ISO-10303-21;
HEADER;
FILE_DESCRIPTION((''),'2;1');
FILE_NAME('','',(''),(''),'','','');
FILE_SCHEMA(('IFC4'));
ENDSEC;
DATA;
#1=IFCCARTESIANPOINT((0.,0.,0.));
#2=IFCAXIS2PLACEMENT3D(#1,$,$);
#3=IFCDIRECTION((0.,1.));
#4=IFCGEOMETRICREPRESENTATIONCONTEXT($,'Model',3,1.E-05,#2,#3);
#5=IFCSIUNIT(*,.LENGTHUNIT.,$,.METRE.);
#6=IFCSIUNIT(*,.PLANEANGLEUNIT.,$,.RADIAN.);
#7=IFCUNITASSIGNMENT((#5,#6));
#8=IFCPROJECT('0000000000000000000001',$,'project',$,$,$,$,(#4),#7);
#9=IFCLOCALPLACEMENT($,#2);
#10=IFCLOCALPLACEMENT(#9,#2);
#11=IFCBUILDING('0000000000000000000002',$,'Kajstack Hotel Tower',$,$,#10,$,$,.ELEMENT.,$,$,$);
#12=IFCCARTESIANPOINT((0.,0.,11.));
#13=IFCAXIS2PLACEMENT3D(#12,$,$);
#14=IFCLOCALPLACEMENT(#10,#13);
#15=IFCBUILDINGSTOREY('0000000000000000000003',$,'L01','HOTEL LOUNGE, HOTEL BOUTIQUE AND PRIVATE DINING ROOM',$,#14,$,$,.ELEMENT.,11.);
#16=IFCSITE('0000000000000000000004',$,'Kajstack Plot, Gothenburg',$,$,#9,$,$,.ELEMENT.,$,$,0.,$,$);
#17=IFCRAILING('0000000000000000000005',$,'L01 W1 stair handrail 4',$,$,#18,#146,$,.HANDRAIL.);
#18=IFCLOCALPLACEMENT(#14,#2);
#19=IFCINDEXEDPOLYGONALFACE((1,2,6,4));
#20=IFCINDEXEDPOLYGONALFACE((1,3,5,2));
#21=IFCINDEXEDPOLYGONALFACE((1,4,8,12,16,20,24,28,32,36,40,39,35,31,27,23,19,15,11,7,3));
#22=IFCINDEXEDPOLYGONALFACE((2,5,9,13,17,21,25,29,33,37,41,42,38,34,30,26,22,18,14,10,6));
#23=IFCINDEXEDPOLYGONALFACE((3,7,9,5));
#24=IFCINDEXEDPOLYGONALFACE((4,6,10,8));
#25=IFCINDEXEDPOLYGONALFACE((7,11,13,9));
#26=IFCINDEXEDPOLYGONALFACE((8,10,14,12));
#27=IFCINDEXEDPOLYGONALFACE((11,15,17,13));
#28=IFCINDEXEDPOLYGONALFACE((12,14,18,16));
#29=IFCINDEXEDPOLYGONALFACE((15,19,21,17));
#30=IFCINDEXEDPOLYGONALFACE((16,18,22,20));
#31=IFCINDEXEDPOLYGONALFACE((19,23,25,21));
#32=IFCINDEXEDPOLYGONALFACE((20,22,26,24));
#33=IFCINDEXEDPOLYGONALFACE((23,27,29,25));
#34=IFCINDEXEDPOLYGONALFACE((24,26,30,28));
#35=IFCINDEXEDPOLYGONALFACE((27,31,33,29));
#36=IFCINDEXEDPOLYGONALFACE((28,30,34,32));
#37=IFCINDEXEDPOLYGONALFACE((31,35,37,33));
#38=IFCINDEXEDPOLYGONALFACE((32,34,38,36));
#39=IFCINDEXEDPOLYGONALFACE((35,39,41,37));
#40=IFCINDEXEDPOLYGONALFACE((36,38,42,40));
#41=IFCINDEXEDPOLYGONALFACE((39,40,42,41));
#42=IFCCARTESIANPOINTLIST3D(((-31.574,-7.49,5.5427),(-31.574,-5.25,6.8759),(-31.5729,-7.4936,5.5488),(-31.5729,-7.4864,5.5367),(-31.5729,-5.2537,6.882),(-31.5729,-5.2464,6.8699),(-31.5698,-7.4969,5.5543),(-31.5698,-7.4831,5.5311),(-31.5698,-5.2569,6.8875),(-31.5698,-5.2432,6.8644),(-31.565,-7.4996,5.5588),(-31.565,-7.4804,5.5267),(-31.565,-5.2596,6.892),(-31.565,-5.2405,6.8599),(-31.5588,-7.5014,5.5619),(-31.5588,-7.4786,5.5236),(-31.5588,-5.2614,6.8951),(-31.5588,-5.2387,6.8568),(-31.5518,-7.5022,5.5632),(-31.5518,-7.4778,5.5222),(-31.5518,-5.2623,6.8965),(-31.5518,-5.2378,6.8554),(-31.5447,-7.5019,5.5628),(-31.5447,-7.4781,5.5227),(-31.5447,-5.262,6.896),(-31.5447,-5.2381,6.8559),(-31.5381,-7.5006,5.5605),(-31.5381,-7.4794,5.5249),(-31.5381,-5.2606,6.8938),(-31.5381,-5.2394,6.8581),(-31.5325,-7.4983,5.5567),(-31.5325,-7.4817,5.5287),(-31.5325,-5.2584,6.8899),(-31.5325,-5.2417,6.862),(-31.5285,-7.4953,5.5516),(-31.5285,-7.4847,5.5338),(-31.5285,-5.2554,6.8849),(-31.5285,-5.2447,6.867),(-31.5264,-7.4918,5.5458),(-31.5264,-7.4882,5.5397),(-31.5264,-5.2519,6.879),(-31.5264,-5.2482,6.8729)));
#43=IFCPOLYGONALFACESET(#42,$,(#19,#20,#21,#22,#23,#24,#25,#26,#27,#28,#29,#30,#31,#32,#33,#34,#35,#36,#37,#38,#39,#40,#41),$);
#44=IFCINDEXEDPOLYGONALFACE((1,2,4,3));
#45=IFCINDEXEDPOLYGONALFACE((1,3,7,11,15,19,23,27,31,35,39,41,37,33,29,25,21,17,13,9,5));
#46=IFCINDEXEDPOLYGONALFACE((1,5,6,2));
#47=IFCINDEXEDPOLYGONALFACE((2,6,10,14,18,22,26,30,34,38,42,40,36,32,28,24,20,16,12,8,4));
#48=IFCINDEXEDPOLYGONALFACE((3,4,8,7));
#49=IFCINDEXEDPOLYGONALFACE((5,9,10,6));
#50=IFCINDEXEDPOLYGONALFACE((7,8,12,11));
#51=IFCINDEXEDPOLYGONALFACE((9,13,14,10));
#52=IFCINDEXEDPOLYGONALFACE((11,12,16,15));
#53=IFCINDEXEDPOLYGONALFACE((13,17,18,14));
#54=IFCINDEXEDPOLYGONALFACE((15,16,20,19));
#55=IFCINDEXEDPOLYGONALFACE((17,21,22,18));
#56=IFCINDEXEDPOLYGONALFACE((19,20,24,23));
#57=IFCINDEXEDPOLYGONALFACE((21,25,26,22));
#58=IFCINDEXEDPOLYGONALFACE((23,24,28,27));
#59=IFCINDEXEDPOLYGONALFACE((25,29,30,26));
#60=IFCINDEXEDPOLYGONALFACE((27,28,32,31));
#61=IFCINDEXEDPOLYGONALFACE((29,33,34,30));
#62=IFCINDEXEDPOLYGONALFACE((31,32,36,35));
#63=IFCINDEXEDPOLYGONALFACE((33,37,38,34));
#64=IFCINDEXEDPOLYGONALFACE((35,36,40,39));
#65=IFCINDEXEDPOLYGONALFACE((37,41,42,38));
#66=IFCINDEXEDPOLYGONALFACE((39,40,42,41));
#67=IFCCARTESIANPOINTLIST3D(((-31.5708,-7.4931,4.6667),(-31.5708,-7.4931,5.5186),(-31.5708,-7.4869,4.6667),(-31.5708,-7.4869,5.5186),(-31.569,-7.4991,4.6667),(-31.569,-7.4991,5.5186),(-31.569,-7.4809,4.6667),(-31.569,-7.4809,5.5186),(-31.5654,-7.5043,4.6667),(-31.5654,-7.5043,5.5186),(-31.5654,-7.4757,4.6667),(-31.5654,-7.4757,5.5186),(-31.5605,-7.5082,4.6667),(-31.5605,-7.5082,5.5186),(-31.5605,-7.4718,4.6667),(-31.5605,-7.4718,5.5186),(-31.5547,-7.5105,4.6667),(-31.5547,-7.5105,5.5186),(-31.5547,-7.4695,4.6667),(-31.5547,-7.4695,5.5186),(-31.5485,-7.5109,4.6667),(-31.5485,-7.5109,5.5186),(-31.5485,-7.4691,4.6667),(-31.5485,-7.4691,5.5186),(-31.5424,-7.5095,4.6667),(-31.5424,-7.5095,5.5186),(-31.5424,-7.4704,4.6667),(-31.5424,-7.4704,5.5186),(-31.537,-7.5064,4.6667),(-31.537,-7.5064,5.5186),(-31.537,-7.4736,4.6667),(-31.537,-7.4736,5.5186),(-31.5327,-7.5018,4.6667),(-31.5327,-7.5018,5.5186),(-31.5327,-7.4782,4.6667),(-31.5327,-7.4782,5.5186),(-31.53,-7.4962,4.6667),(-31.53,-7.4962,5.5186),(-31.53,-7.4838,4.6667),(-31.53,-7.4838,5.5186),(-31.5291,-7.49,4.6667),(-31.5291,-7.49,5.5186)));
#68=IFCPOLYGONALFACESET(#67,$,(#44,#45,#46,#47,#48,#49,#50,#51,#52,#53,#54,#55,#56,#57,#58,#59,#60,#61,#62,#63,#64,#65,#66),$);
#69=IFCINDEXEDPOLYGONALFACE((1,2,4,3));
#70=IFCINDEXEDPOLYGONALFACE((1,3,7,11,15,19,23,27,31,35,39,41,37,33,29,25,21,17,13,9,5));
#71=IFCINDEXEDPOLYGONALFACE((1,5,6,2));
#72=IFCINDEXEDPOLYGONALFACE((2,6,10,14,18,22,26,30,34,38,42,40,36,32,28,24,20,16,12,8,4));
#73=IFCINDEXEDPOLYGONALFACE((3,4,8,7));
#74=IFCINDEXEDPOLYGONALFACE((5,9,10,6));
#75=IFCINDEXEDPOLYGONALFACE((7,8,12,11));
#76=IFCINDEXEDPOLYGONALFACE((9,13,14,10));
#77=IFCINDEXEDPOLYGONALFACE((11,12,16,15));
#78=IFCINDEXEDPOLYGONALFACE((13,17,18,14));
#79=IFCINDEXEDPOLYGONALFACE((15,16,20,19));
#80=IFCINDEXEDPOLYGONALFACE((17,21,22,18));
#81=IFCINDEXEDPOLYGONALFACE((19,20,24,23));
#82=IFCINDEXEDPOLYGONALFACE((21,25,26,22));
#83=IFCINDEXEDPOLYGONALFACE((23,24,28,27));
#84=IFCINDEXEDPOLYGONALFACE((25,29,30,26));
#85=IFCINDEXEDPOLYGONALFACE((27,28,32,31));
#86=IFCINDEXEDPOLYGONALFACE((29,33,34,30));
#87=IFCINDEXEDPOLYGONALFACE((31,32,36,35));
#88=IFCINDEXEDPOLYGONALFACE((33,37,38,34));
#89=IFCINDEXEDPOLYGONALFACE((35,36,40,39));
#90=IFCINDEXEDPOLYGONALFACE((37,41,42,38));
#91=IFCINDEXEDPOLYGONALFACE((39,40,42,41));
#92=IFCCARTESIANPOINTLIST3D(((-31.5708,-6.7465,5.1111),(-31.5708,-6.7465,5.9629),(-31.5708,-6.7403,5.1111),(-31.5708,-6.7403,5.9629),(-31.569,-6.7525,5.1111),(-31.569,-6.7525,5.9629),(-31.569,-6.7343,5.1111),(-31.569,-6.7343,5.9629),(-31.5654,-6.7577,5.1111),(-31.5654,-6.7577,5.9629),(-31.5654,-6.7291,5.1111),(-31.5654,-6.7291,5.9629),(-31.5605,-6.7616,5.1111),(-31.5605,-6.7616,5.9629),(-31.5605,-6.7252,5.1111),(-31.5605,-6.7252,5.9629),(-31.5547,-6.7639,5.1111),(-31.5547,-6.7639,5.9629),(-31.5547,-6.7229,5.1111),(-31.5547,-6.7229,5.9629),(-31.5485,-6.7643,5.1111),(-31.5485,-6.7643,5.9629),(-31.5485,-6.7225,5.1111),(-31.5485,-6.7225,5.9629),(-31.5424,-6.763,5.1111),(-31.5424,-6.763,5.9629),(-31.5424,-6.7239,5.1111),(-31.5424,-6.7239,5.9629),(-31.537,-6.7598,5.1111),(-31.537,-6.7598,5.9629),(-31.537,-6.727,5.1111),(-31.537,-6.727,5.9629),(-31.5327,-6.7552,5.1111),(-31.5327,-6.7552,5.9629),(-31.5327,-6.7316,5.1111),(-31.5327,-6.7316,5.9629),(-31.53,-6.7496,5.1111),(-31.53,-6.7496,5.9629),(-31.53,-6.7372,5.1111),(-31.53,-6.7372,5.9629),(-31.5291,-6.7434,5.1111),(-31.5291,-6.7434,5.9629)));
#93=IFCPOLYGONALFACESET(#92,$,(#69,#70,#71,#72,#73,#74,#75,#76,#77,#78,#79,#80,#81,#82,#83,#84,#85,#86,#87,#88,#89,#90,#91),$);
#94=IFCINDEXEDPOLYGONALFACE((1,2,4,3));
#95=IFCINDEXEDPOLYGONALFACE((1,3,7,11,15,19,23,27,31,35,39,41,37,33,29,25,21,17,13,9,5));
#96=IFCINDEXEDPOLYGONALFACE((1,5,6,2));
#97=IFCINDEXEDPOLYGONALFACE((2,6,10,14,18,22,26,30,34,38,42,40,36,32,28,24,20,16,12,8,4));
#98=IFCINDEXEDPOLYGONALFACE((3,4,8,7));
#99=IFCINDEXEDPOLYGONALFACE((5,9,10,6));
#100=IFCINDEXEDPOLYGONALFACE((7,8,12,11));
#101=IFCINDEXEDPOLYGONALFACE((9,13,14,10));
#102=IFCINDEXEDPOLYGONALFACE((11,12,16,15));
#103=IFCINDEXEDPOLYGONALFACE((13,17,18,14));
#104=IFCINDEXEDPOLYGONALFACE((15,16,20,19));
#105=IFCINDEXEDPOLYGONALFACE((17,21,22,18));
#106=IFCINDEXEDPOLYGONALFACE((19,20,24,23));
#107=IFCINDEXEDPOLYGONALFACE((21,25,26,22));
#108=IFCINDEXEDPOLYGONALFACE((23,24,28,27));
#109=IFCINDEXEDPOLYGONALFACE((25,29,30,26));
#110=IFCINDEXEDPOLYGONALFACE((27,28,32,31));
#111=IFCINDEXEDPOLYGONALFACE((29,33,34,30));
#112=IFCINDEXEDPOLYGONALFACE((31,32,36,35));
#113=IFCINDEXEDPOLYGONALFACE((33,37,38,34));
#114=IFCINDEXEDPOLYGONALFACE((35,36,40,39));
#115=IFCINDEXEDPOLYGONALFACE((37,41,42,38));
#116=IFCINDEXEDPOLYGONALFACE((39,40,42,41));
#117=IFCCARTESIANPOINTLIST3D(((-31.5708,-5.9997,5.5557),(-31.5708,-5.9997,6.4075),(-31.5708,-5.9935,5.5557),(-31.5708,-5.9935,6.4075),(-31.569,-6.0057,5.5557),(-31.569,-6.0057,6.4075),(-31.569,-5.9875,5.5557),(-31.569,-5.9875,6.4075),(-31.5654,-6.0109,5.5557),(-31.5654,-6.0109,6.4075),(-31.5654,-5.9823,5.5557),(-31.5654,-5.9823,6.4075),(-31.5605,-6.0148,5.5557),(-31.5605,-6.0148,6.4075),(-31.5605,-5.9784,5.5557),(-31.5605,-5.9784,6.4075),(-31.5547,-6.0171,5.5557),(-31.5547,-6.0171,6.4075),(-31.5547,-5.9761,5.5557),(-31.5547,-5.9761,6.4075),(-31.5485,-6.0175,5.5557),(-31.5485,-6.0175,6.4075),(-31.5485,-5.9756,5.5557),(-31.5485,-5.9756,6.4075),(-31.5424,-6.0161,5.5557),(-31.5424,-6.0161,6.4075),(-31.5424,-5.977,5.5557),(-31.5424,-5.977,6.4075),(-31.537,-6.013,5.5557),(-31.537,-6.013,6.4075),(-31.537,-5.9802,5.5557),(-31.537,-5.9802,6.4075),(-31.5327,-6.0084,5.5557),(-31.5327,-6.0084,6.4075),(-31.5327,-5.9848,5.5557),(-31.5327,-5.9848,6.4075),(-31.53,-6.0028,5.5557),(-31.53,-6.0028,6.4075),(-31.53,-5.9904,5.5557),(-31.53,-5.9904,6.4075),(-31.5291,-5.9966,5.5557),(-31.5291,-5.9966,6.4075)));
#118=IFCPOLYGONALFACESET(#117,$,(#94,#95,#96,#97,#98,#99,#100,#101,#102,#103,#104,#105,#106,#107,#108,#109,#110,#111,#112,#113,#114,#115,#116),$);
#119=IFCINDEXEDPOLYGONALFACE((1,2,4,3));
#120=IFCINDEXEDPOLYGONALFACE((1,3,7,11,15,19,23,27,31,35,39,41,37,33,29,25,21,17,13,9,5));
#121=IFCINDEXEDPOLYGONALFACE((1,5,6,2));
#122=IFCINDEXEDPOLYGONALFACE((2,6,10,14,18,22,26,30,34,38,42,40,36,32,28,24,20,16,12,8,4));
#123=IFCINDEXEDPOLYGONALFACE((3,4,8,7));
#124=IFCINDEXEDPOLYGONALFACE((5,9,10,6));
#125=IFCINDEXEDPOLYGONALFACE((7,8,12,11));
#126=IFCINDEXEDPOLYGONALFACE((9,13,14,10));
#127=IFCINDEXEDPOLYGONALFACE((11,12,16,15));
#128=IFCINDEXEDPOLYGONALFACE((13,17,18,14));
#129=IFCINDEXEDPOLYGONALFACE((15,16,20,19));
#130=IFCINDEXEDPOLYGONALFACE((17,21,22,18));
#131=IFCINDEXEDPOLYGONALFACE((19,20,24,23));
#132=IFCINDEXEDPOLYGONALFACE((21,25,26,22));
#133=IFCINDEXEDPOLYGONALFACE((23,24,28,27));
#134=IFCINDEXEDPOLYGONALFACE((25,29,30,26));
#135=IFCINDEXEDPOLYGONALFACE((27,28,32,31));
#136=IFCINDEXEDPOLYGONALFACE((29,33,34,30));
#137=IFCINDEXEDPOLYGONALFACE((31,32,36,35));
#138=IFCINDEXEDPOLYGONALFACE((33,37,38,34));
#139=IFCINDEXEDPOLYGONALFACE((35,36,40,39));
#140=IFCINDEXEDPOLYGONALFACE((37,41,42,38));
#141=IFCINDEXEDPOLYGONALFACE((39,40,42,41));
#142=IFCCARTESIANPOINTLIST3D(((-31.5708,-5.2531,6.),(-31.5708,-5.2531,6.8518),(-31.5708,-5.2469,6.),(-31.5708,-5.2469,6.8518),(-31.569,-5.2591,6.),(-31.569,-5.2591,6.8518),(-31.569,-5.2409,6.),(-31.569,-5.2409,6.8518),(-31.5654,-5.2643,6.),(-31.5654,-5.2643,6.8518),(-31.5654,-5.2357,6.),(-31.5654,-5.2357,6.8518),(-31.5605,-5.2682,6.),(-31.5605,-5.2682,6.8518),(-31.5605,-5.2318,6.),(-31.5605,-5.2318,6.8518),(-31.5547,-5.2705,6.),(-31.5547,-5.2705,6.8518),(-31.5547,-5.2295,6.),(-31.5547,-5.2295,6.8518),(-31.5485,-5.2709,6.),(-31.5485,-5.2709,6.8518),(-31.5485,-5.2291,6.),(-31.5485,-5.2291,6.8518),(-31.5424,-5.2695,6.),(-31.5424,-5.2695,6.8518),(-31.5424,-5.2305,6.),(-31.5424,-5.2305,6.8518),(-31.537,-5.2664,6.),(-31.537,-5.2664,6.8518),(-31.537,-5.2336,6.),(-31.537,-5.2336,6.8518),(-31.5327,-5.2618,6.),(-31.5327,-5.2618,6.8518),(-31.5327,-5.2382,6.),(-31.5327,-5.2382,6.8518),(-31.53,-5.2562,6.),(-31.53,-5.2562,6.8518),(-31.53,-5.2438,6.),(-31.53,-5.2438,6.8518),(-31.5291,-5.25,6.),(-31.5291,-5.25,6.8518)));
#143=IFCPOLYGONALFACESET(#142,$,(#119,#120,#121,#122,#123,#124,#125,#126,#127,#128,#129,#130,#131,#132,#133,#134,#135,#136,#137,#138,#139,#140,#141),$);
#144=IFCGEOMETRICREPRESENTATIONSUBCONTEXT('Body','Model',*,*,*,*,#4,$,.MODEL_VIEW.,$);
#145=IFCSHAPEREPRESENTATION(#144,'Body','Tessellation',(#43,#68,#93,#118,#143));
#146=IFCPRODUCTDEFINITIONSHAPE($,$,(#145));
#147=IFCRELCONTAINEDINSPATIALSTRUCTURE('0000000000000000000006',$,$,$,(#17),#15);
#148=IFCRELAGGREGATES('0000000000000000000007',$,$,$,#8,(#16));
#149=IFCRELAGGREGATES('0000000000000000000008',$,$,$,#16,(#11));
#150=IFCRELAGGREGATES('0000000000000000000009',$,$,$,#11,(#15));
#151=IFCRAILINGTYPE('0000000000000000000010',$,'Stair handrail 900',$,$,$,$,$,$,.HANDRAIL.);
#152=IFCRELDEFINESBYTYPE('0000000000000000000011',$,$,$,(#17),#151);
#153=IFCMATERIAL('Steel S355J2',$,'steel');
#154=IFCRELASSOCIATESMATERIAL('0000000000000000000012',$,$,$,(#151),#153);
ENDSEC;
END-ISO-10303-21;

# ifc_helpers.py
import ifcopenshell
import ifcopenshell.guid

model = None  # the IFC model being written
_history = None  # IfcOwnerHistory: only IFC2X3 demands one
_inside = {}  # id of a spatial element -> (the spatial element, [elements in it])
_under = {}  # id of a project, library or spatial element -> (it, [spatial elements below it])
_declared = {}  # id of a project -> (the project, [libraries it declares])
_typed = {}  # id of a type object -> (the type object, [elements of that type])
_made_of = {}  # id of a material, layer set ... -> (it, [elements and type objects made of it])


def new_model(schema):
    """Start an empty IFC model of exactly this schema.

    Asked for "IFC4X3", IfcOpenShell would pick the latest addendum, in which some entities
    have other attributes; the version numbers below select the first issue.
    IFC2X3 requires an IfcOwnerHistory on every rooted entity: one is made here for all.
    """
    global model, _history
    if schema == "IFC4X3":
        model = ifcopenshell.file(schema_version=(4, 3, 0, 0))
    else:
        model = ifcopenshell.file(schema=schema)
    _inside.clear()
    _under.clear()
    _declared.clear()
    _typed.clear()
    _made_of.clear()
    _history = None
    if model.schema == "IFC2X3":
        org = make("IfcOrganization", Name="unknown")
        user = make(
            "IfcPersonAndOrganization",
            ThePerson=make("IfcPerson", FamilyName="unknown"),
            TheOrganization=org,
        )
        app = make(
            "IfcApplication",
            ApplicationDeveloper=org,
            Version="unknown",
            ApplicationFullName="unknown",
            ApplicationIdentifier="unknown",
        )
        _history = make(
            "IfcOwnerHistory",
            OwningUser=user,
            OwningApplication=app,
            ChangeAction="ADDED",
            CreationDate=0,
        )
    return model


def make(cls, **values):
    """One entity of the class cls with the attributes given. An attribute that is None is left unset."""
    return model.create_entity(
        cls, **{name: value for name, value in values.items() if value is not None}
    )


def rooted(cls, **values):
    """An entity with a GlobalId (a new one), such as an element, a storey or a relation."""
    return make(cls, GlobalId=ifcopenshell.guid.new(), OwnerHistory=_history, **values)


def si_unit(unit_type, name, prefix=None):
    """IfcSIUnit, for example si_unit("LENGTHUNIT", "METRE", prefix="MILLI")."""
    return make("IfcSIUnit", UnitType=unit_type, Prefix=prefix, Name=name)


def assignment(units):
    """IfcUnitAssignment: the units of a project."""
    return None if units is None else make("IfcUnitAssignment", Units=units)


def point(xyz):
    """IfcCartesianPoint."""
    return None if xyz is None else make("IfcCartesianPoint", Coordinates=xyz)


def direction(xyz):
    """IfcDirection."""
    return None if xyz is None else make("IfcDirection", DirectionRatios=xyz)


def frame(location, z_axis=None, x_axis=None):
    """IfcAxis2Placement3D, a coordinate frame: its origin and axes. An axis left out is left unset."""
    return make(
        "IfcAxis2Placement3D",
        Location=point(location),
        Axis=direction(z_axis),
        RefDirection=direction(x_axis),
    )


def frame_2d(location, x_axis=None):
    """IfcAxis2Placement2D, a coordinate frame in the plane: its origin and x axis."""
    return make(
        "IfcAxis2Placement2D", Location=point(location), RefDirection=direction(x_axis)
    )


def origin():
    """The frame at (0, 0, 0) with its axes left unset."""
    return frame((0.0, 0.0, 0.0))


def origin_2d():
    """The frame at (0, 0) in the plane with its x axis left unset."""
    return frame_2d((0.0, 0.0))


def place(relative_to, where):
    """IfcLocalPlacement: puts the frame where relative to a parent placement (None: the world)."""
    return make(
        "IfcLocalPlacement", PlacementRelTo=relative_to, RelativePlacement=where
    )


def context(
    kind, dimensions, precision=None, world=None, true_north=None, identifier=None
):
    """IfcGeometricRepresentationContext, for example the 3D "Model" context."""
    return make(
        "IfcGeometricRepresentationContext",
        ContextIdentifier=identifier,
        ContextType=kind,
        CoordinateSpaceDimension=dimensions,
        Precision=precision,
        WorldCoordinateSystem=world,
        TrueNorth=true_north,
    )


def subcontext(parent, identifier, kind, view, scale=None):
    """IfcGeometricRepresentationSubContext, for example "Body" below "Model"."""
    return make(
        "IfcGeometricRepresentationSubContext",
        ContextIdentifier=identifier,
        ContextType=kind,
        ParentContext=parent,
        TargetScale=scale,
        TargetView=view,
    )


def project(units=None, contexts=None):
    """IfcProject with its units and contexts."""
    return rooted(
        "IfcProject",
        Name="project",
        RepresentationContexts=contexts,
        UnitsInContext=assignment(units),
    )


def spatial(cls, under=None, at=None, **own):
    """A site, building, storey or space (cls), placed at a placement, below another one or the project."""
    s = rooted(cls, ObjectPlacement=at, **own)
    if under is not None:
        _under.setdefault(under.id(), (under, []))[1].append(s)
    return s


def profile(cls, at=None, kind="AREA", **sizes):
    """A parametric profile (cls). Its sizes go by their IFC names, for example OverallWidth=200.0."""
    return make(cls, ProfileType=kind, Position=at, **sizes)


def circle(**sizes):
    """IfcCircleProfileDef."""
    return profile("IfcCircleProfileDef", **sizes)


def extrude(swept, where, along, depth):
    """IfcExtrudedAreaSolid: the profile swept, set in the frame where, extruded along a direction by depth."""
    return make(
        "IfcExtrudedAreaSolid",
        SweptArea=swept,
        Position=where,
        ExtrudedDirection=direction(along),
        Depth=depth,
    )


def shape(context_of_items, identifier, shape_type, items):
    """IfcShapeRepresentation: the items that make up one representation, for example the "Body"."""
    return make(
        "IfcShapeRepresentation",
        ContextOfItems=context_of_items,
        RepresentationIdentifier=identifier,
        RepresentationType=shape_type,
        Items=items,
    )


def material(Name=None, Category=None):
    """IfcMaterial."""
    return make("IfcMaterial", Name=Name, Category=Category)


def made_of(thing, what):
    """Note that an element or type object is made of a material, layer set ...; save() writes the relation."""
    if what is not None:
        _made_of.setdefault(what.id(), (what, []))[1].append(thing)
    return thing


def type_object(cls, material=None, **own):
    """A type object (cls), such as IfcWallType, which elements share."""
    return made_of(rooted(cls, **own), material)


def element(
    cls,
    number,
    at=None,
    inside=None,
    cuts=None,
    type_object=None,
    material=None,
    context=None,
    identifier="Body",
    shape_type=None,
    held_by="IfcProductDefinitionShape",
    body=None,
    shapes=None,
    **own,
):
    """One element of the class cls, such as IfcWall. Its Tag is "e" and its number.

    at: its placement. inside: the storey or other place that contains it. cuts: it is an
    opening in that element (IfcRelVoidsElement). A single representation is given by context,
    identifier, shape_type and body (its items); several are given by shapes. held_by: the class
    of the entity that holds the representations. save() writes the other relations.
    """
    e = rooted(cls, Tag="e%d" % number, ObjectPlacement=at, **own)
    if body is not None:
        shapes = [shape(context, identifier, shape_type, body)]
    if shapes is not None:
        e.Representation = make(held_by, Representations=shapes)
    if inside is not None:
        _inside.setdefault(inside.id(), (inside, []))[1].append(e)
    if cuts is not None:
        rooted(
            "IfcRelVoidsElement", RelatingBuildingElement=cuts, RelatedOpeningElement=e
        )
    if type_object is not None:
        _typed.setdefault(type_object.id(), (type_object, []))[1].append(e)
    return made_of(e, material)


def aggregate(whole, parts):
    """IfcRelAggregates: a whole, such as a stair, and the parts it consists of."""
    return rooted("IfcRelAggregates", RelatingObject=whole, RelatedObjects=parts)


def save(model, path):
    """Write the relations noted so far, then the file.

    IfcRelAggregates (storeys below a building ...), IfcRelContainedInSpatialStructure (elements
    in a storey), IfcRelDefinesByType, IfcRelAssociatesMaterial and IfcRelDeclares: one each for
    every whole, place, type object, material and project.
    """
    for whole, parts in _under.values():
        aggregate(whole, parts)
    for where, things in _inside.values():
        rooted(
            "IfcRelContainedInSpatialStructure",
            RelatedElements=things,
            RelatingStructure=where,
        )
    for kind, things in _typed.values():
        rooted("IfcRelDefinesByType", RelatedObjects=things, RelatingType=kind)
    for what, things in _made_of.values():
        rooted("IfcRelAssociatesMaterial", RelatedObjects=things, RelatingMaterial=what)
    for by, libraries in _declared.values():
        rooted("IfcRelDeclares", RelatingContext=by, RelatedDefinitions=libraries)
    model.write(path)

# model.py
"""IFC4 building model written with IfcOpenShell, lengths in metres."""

from ifc_helpers import new_model, si_unit, direction, frame, origin, origin_2d, place, context, subcontext, project, spatial, circle, extrude, material, type_object, element, save


model = new_model("IFC4")

# Units and contexts
model_context = context("Model", 3, precision=1e-05, world=origin(), true_north=direction((0.0, 1.0)))
body_context = subcontext(model_context, "Body", "Model", "MODEL_VIEW")
ifc_project = project(units=[si_unit("LENGTHUNIT", "METRE"), si_unit("PLANEANGLEUNIT", "RADIAN")], contexts=[model_context])

# Site, building, storey
site_placement = place(None, origin())
site = spatial("IfcSite", under=ifc_project, at=site_placement, Name="Kajstack Plot, Gothenburg", CompositionType="ELEMENT", RefElevation=0.0)
building_placement = place(site_placement, origin())
building = spatial("IfcBuilding", under=site, at=building_placement, Name="Kajstack Hotel Tower", CompositionType="ELEMENT")
storey_placement = place(building_placement, frame((0.0, 0.0, 11.0)))
storey = spatial("IfcBuildingStorey", under=building, at=storey_placement, Name="L01", Description="HOTEL LOUNGE, HOTEL BOUTIQUE AND PRIVATE DINING ROOM", CompositionType="ELEMENT", Elevation=11.0)

# Railing
ifc_material_1 = material(Name="Steel S355J2", Category="steel")
railing_type_1 = type_object("IfcRailingType", Name="Stair handrail 900", PredefinedType="HANDRAIL", material=ifc_material_1)
for number, where, name in (
    (1, (-31.55, -7.49, 4.6667), "L01 W1 stair handrail 4"),
):
    element("IfcRailing", number, at=place(storey_placement, frame(where)), inside=storey, type_object=railing_type_1, Name=name, PredefinedType="HANDRAIL", context=body_context, shape_type="SweptSolid", body=[
        extrude(circle(Radius=0.0239, at=origin_2d()), frame((0.0, 0.0, 0.876), z_axis=(0.0, 0.859306, 0.511462), x_axis=(-1.0, 0.0, 0.0)), (0.0, 0.0, 1.0), 2.6067),
        extrude(circle(Radius=0.021, at=origin_2d()), origin(), (0.0, 0.0, 1.0), 0.8518),
        extrude(circle(Radius=0.021, at=origin_2d()), frame((0.0, 0.7466, 0.4443)), (0.0, 0.0, 1.0), 0.8518),
        extrude(circle(Radius=0.021, at=origin_2d()), frame((0.0, 1.4934, 0.8889)), (0.0, 0.0, 1.0), 0.8518),
        extrude(circle(Radius=0.021, at=origin_2d()), frame((0.0, 2.24, 1.3333)), (0.0, 0.0, 1.0), 0.8518),
    ])

save(model, "model.ifc")
